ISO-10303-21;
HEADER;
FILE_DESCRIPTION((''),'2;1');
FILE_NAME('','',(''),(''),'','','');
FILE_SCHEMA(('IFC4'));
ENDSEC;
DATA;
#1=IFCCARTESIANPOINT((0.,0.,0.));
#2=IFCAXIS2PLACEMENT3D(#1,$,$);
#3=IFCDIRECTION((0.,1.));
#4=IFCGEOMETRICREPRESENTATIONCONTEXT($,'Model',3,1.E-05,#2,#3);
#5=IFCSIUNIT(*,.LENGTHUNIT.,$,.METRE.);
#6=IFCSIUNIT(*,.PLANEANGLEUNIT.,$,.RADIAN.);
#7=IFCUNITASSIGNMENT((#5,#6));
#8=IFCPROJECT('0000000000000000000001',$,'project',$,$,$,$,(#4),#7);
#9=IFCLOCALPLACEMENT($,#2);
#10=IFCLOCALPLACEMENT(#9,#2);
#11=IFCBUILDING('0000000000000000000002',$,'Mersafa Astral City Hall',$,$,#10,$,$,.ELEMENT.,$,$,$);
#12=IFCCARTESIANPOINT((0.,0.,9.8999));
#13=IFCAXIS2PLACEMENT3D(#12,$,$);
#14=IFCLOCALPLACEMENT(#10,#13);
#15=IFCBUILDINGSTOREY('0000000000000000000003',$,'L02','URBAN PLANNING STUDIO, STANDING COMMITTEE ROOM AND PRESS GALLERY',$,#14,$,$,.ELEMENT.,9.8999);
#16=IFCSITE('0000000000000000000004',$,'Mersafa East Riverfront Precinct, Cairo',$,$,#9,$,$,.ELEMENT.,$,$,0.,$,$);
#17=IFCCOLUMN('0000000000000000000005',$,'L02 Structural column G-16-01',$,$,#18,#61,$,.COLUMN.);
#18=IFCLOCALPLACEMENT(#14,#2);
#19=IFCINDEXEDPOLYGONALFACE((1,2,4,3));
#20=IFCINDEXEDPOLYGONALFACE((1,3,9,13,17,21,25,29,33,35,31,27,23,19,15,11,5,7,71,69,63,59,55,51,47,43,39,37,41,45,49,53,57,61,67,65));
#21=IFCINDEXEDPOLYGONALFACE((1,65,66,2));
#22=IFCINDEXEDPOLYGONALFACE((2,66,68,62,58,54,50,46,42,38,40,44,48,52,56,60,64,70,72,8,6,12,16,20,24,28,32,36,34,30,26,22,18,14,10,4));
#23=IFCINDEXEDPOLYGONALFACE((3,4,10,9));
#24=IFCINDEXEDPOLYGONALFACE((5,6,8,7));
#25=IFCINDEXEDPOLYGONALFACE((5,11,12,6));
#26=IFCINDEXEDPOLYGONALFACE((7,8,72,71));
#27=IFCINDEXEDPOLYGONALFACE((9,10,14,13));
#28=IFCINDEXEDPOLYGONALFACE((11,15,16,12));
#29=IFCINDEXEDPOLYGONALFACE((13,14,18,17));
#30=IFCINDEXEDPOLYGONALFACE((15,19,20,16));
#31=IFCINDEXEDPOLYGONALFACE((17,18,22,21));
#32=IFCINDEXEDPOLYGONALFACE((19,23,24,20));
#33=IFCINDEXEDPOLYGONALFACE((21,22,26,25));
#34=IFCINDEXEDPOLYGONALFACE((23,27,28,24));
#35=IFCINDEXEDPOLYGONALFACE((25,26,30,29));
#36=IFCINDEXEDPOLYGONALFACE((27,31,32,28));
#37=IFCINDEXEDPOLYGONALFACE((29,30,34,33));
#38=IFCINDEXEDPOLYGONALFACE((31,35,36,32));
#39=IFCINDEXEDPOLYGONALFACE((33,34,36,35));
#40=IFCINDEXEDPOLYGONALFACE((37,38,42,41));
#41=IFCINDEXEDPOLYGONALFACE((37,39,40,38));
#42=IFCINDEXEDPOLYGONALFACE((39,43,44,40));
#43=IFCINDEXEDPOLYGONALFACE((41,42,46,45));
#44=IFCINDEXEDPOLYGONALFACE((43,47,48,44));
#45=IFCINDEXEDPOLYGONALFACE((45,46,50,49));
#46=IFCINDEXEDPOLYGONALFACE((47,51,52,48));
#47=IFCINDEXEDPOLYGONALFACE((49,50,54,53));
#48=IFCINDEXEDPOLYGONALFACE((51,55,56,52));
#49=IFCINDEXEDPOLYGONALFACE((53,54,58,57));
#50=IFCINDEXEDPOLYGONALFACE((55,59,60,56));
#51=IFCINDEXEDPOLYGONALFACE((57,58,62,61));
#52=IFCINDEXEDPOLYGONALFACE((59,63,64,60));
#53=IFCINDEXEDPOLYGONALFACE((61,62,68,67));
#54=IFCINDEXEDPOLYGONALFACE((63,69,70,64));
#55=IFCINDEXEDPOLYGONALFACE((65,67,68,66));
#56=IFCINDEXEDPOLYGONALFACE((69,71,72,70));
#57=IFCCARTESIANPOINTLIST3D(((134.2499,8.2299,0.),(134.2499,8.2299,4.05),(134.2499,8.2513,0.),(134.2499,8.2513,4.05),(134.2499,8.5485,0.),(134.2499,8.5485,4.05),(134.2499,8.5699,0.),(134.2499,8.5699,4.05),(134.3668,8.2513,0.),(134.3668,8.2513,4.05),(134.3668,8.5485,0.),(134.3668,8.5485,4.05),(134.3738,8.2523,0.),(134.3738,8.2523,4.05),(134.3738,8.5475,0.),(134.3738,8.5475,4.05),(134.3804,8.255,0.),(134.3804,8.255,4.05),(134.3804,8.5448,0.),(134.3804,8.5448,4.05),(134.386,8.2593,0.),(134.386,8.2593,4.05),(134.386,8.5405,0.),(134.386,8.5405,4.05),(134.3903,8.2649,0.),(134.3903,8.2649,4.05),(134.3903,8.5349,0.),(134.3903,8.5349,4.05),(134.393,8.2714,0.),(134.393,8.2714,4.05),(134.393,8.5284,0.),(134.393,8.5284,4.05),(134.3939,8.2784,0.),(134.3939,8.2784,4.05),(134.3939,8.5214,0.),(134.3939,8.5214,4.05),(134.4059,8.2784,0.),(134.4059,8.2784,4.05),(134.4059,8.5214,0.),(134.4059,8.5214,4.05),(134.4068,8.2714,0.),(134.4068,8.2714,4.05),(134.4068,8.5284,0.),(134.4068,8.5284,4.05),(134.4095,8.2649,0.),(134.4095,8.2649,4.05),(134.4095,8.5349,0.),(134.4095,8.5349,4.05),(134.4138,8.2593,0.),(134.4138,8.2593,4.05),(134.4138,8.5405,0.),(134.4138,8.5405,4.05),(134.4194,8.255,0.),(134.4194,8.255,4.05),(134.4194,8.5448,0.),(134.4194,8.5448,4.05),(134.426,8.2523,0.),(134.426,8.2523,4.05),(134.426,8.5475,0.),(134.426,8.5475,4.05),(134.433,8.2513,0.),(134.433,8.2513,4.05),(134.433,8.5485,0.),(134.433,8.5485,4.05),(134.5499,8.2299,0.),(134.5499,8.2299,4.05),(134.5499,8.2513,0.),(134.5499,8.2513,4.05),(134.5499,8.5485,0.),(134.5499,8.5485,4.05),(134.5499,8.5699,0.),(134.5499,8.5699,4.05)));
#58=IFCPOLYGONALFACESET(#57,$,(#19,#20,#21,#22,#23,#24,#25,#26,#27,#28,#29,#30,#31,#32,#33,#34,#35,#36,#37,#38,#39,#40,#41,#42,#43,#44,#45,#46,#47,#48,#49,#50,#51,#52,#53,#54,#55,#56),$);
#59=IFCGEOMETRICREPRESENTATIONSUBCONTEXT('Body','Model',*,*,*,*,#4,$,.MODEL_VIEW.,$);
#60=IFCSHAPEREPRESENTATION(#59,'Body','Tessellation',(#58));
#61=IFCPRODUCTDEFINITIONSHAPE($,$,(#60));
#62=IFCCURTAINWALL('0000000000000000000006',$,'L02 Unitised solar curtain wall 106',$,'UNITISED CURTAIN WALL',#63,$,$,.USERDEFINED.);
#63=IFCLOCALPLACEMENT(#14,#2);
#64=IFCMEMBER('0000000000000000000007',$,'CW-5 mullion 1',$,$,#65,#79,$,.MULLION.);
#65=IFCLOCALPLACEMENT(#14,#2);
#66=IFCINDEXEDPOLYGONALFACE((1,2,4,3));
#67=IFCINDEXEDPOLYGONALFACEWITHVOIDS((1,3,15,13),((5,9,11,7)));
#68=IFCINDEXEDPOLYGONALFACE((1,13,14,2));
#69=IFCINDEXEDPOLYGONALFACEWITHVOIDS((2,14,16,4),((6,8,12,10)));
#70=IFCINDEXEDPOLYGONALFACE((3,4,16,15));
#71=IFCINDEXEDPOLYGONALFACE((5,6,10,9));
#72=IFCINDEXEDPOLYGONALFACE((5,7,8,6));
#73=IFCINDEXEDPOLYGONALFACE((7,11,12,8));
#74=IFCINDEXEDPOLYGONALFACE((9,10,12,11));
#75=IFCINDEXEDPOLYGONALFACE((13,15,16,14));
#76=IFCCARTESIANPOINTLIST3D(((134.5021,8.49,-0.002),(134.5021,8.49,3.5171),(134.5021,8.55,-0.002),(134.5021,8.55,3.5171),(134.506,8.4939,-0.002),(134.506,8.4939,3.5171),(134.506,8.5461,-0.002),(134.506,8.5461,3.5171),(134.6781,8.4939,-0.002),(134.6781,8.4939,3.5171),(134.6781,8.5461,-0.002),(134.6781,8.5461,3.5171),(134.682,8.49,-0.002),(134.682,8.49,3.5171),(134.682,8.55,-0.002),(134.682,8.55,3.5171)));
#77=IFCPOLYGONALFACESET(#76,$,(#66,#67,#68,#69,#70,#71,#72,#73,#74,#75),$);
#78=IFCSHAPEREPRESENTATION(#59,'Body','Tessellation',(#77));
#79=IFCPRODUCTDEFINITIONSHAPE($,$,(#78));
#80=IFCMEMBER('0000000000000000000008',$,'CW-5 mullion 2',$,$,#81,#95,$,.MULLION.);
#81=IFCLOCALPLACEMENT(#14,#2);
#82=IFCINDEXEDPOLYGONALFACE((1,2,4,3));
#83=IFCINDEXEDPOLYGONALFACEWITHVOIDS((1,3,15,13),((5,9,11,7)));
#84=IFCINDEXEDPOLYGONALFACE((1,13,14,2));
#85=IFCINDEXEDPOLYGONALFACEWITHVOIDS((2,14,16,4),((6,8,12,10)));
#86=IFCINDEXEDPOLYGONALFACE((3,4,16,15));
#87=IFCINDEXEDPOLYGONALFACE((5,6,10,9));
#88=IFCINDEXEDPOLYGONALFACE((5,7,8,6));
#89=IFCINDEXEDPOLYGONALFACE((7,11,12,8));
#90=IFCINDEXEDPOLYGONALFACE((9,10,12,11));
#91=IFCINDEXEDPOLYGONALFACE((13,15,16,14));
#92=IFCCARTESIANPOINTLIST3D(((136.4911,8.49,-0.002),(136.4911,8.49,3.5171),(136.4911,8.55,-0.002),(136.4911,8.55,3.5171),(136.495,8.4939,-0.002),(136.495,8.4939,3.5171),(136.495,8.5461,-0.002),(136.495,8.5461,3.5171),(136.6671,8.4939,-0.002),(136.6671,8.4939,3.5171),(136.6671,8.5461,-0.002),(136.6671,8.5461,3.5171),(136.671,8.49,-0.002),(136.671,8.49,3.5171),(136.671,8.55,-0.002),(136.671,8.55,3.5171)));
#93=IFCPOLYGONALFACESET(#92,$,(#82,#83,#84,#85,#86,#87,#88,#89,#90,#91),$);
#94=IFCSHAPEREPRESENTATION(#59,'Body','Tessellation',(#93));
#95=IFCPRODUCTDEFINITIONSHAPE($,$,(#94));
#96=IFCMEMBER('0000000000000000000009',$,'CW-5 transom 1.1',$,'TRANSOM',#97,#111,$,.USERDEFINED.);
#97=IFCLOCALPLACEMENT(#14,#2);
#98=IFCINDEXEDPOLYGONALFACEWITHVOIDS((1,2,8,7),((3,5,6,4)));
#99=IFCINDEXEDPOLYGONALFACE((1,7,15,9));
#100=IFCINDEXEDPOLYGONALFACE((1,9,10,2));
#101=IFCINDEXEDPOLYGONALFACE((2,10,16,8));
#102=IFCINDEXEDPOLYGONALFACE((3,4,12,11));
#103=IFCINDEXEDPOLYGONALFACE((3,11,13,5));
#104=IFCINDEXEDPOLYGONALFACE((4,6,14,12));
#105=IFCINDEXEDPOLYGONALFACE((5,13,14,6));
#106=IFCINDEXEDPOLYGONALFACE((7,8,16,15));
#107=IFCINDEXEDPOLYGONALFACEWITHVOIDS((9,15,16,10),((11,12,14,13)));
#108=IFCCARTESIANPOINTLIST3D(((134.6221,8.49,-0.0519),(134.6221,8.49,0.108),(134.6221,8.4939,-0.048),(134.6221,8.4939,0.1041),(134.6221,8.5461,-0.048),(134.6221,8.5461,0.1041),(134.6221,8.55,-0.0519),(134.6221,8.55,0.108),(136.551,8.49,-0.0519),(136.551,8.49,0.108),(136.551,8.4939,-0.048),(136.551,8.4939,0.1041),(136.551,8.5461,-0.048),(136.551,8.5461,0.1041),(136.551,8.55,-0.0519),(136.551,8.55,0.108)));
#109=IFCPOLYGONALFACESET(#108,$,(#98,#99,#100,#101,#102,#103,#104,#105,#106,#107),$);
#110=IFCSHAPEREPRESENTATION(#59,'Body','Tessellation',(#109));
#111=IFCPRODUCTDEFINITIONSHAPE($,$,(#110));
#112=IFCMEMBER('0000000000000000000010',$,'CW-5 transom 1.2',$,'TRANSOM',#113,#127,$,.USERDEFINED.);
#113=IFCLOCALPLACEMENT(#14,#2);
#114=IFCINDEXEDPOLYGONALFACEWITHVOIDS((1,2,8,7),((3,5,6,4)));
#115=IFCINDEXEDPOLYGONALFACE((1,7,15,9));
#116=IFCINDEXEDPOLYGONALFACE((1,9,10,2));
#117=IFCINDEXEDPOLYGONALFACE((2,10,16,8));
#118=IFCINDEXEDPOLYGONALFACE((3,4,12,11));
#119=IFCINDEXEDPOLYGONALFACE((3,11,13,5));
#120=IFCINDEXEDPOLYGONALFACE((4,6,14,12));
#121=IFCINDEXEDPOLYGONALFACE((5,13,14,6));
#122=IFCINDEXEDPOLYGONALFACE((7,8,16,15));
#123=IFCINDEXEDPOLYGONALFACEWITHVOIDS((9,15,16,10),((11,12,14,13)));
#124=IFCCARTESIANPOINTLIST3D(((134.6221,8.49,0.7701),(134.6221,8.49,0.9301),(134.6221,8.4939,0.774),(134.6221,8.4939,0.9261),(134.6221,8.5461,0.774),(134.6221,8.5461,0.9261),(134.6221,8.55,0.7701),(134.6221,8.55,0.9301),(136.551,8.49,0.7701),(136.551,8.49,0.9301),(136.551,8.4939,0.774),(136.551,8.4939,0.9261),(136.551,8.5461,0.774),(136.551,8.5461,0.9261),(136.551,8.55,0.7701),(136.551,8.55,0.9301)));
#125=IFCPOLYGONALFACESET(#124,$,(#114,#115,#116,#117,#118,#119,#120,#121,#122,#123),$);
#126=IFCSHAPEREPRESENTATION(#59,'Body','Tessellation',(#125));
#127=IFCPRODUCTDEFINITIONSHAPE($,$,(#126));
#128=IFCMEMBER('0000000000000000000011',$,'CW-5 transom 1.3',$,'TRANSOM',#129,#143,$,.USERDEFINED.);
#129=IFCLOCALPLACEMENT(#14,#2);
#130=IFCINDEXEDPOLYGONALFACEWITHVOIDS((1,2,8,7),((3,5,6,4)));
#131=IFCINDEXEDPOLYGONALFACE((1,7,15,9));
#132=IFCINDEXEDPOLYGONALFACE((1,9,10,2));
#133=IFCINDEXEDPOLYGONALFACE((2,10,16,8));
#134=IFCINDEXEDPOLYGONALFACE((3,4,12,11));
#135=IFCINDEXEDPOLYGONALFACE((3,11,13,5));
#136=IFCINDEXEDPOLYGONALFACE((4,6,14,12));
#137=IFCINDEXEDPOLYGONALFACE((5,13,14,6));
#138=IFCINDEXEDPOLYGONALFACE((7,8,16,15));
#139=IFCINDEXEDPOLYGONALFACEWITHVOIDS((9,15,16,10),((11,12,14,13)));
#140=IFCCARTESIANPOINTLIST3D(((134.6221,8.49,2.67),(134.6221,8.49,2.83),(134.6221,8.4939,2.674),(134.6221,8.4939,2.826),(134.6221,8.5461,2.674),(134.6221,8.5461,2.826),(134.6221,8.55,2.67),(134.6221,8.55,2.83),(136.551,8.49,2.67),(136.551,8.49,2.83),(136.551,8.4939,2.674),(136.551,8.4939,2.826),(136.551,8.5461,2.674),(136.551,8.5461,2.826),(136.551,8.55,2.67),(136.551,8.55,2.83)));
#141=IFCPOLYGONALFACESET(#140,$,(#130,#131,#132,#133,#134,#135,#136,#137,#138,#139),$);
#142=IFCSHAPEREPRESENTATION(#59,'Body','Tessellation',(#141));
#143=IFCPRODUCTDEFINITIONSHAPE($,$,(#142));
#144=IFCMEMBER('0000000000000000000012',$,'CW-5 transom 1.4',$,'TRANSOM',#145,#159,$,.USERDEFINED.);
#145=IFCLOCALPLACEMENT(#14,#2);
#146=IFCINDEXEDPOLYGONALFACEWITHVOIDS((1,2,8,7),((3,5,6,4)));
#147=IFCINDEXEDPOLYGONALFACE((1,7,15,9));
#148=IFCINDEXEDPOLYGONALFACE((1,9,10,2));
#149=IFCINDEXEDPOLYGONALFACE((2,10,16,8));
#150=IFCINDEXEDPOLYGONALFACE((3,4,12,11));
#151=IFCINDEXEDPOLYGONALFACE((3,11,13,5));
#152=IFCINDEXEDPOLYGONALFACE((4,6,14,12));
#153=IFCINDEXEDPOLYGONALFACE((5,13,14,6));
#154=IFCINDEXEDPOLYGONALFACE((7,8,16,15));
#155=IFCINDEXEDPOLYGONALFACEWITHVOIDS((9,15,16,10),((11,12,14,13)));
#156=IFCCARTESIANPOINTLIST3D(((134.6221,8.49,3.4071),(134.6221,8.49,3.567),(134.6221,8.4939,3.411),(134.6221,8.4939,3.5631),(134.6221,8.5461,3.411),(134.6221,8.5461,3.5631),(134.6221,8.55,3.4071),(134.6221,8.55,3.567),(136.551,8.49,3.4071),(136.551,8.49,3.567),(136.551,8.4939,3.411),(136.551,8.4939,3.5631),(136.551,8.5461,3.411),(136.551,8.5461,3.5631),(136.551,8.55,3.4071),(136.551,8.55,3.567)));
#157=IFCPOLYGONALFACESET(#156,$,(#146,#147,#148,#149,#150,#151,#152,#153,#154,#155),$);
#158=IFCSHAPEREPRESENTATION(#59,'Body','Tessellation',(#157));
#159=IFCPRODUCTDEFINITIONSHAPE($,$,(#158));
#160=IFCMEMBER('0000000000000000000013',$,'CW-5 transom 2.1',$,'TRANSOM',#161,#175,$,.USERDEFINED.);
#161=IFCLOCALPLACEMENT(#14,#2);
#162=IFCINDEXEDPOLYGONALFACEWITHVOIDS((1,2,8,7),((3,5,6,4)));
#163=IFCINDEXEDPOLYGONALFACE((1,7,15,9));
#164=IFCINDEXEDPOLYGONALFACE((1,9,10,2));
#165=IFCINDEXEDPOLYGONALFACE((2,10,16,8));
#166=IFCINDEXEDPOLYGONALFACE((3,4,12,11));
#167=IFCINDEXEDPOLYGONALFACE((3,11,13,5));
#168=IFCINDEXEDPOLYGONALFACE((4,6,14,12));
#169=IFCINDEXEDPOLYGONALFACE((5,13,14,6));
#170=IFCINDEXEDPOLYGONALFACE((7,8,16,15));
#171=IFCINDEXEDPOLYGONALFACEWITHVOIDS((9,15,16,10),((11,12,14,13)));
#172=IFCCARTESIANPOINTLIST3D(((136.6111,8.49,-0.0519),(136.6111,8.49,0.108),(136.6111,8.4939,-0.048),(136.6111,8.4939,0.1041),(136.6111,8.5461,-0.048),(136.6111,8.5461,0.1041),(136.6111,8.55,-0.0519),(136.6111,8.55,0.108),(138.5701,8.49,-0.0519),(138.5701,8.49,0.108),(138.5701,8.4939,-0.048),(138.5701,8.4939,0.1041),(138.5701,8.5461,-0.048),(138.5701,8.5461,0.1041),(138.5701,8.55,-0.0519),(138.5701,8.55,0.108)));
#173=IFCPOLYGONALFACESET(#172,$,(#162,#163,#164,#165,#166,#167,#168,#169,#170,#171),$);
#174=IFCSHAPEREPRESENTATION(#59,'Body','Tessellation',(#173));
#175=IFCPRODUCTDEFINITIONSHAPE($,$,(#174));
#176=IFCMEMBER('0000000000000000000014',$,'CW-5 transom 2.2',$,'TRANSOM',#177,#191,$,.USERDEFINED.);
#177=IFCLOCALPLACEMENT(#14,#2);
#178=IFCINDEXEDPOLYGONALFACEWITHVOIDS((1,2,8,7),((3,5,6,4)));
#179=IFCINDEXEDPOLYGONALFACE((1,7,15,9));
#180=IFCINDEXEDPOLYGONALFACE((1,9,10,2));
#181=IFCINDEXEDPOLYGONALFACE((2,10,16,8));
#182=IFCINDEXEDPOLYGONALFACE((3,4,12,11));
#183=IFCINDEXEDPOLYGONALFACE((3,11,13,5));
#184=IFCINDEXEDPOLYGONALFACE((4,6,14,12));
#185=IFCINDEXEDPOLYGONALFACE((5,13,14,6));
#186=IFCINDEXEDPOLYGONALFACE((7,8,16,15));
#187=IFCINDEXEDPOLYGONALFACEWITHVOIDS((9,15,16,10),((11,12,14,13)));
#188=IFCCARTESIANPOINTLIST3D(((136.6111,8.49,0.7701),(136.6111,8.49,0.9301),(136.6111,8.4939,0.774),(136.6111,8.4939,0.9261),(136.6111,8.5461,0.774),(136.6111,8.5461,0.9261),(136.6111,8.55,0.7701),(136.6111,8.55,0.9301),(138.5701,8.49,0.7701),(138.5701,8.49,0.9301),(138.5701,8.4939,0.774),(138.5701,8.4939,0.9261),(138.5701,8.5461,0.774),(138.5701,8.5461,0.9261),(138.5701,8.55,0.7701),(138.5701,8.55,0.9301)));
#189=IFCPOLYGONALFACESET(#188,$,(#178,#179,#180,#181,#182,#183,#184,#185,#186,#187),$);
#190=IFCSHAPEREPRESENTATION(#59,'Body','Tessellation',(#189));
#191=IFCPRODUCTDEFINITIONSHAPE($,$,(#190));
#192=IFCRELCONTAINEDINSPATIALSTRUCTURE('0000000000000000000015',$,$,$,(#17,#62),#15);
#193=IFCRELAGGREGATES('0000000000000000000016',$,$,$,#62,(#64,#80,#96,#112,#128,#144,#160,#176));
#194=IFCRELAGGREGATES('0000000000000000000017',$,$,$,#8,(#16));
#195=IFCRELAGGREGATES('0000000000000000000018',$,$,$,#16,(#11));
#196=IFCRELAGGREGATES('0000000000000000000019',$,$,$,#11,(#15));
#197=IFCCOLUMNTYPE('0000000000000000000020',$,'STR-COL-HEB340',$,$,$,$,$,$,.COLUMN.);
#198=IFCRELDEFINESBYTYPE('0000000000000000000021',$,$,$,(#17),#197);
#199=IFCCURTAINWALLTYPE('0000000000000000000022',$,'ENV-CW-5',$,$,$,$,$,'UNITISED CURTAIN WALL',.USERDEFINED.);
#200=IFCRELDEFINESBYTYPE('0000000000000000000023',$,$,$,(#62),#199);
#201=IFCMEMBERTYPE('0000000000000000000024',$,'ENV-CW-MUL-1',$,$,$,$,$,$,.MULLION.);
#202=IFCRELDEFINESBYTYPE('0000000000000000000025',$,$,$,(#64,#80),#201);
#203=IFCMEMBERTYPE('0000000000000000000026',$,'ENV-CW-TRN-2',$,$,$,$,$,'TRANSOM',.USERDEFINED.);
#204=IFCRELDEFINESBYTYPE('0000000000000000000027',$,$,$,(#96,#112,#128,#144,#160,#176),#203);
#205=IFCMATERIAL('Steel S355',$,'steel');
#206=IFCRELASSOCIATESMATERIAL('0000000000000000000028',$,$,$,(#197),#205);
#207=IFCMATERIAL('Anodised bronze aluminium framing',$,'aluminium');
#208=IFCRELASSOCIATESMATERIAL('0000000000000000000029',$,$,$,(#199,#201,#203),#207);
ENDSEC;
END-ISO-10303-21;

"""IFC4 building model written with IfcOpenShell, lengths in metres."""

from ifc_helpers import new_model, si_unit, direction, frame, origin, origin_2d, place, context, subcontext, project, spatial, hollow_rectangle, i_section, extrude, material, material_profile, profile_set, type_object, element, aggregate, save


model = new_model("IFC4")

# Units and contexts
model_context = context("Model", 3, precision=1e-05, world=origin(), true_north=direction((0.0, 1.0)))
body_context = subcontext(model_context, "Body", "Model", "MODEL_VIEW")
ifc_project = project(units=[si_unit("LENGTHUNIT", "METRE"), si_unit("PLANEANGLEUNIT", "RADIAN")], contexts=[model_context])

# Site, building, storey
site_placement = place(None, origin())
site = spatial("IfcSite", under=ifc_project, at=site_placement, Name="Mersafa East Riverfront Precinct, Cairo", CompositionType="ELEMENT", RefElevation=0.0)
building_placement = place(site_placement, origin())
building = spatial("IfcBuilding", under=site, at=building_placement, Name="Mersafa Astral City Hall", CompositionType="ELEMENT")
storey_placement = place(building_placement, frame((0.0, 0.0, 9.8999)))
storey = spatial("IfcBuildingStorey", under=building, at=storey_placement, Name="L02", Description="URBAN PLANNING STUDIO, STANDING COMMITTEE ROOM AND PRESS GALLERY", CompositionType="ELEMENT", Elevation=9.8999)

# Column
ifc_material_1 = material(Name="Steel S355", Category="steel")
ifc_material_profile_1 = material_profile(ifc_material_1, i_section(OverallWidth=0.3, OverallDepth=0.3401, WebThickness=0.012, FlangeThickness=0.0215, FilletRadius=0.0271, at=origin_2d()), Name="HEB 340")
ifc_profile_set_1 = profile_set([ifc_material_profile_1], Name="Steel S355")
column_type = type_object("IfcColumnType", Name="STR-COL-HEB340", PredefinedType="COLUMN", material=ifc_profile_set_1)
column_placement = place(storey_placement, frame((134.3999, 8.3999, 0.0), z_axis=(0.0, 0.0, 1.0), x_axis=(1.0, 0.0, 0.0)))
element("IfcColumn", 1, at=column_placement, inside=storey, type_object=column_type, Name="L02 Structural column G-16-01", PredefinedType="COLUMN", context=body_context, shape_type="SweptSolid", body=[
    extrude(i_section(OverallWidth=0.3, OverallDepth=0.3401, WebThickness=0.012, FlangeThickness=0.0215, FilletRadius=0.0271, at=origin_2d()), origin(), (0.0, 0.0, 1.0), 4.05),
])

# Curtain wall, members
ifc_material_2 = material(Name="Anodised bronze aluminium framing", Category="aluminium")
curtain_wall_type = type_object("IfcCurtainWallType", Name="ENV-CW-5", ElementType="UNITISED CURTAIN WALL", PredefinedType="USERDEFINED", material=ifc_material_2)
curtain_wall_placement = place(storey_placement, origin())
curtain_wall = element("IfcCurtainWall", 2, at=curtain_wall_placement, inside=storey, type_object=curtain_wall_type, Name="L02 Unitised solar curtain wall 106", ObjectType="UNITISED CURTAIN WALL", PredefinedType="USERDEFINED")
ifc_material_profile_2 = material_profile(ifc_material_2, hollow_rectangle(XDim=0.0601, YDim=0.1799, WallThickness=0.0039, at=origin_2d()), Name="RHS 60x180x4")
ifc_profile_set_2 = profile_set([ifc_material_profile_2], Name="Anodised bronze aluminium framing")
member_type_1 = type_object("IfcMemberType", Name="ENV-CW-MUL-1", PredefinedType="MULLION", material=ifc_profile_set_2)
member_1_placement = place(storey_placement, frame((134.592, 8.52, -0.002), z_axis=(0.0, 0.0, 1.0), x_axis=(0.0, 1.0, 0.0)))
member_1 = element("IfcMember", 3, at=member_1_placement, type_object=member_type_1, Name="CW-5 mullion 1", PredefinedType="MULLION", context=body_context, shape_type="SweptSolid", body=[
    extrude(hollow_rectangle(XDim=0.0601, YDim=0.1799, WallThickness=0.0039, at=origin_2d()), origin(), (0.0, 0.0, 1.0), 3.519),
])
member_2_placement = place(storey_placement, frame((136.5811, 8.52, -0.002), z_axis=(0.0, 0.0, 1.0), x_axis=(0.0, 1.0, 0.0)))
member_2 = element("IfcMember", 4, at=member_2_placement, type_object=member_type_1, Name="CW-5 mullion 2", PredefinedType="MULLION", context=body_context, shape_type="SweptSolid", body=[
    extrude(hollow_rectangle(XDim=0.0601, YDim=0.1799, WallThickness=0.0039, at=origin_2d()), origin(), (0.0, 0.0, 1.0), 3.519),
])
ifc_material_profile_3 = material_profile(ifc_material_2, hollow_rectangle(XDim=0.0601, YDim=0.1599, WallThickness=0.0039, at=origin_2d()), Name="RHS 60x160x4")
ifc_profile_set_3 = profile_set([ifc_material_profile_3], Name="Anodised bronze aluminium framing")
member_type_2 = type_object("IfcMemberType", Name="ENV-CW-TRN-2", ElementType="TRANSOM", PredefinedType="USERDEFINED", material=ifc_profile_set_3)
member_3_placement = place(storey_placement, frame((134.6221, 8.52, 0.0281), z_axis=(1.0, 0.0, 0.0), x_axis=(0.0, 1.0, 0.0)))
member_3 = element("IfcMember", 5, at=member_3_placement, type_object=member_type_2, Name="CW-5 transom 1.1", ObjectType="TRANSOM", PredefinedType="USERDEFINED", context=body_context, shape_type="SweptSolid", body=[
    extrude(hollow_rectangle(XDim=0.0601, YDim=0.1599, WallThickness=0.0039, at=origin_2d()), origin(), (0.0, 0.0, 1.0), 1.929),
])
member_4_placement = place(storey_placement, frame((134.6221, 8.52, 0.8501), z_axis=(1.0, 0.0, 0.0), x_axis=(0.0, 1.0, 0.0)))
member_4 = element("IfcMember", 6, at=member_4_placement, type_object=member_type_2, Name="CW-5 transom 1.2", ObjectType="TRANSOM", PredefinedType="USERDEFINED", context=body_context, shape_type="SweptSolid", body=[
    extrude(hollow_rectangle(XDim=0.0601, YDim=0.1599, WallThickness=0.0039, at=origin_2d()), origin(), (0.0, 0.0, 1.0), 1.929),
])
member_5_placement = place(storey_placement, frame((134.6221, 8.52, 2.75), z_axis=(1.0, 0.0, 0.0), x_axis=(0.0, 1.0, 0.0)))
member_5 = element("IfcMember", 7, at=member_5_placement, type_object=member_type_2, Name="CW-5 transom 1.3", ObjectType="TRANSOM", PredefinedType="USERDEFINED", context=body_context, shape_type="SweptSolid", body=[
    extrude(hollow_rectangle(XDim=0.0601, YDim=0.1599, WallThickness=0.0039, at=origin_2d()), origin(), (0.0, 0.0, 1.0), 1.929),
])
member_6_placement = place(storey_placement, frame((134.6221, 8.52, 3.4871), z_axis=(1.0, 0.0, 0.0), x_axis=(0.0, 1.0, 0.0)))
member_6 = element("IfcMember", 8, at=member_6_placement, type_object=member_type_2, Name="CW-5 transom 1.4", ObjectType="TRANSOM", PredefinedType="USERDEFINED", context=body_context, shape_type="SweptSolid", body=[
    extrude(hollow_rectangle(XDim=0.0601, YDim=0.1599, WallThickness=0.0039, at=origin_2d()), origin(), (0.0, 0.0, 1.0), 1.929),
])
member_7_placement = place(storey_placement, frame((136.6111, 8.52, 0.0281), z_axis=(1.0, 0.0, 0.0), x_axis=(0.0, 1.0, 0.0)))
member_7 = element("IfcMember", 9, at=member_7_placement, type_object=member_type_2, Name="CW-5 transom 2.1", ObjectType="TRANSOM", PredefinedType="USERDEFINED", context=body_context, shape_type="SweptSolid", body=[
    extrude(hollow_rectangle(XDim=0.0601, YDim=0.1599, WallThickness=0.0039, at=origin_2d()), origin(), (0.0, 0.0, 1.0), 1.959),
])
member_8_placement = place(storey_placement, frame((136.6111, 8.52, 0.8501), z_axis=(1.0, 0.0, 0.0), x_axis=(0.0, 1.0, 0.0)))
member_8 = element("IfcMember", 10, at=member_8_placement, type_object=member_type_2, Name="CW-5 transom 2.2", ObjectType="TRANSOM", PredefinedType="USERDEFINED", context=body_context, shape_type="SweptSolid", body=[
    extrude(hollow_rectangle(XDim=0.0601, YDim=0.1599, WallThickness=0.0039, at=origin_2d()), origin(), (0.0, 0.0, 1.0), 1.959),
])

aggregate(curtain_wall, [member_1, member_2, member_3, member_4, member_5, member_6, member_7, member_8])

save(model, "model.ifc")
